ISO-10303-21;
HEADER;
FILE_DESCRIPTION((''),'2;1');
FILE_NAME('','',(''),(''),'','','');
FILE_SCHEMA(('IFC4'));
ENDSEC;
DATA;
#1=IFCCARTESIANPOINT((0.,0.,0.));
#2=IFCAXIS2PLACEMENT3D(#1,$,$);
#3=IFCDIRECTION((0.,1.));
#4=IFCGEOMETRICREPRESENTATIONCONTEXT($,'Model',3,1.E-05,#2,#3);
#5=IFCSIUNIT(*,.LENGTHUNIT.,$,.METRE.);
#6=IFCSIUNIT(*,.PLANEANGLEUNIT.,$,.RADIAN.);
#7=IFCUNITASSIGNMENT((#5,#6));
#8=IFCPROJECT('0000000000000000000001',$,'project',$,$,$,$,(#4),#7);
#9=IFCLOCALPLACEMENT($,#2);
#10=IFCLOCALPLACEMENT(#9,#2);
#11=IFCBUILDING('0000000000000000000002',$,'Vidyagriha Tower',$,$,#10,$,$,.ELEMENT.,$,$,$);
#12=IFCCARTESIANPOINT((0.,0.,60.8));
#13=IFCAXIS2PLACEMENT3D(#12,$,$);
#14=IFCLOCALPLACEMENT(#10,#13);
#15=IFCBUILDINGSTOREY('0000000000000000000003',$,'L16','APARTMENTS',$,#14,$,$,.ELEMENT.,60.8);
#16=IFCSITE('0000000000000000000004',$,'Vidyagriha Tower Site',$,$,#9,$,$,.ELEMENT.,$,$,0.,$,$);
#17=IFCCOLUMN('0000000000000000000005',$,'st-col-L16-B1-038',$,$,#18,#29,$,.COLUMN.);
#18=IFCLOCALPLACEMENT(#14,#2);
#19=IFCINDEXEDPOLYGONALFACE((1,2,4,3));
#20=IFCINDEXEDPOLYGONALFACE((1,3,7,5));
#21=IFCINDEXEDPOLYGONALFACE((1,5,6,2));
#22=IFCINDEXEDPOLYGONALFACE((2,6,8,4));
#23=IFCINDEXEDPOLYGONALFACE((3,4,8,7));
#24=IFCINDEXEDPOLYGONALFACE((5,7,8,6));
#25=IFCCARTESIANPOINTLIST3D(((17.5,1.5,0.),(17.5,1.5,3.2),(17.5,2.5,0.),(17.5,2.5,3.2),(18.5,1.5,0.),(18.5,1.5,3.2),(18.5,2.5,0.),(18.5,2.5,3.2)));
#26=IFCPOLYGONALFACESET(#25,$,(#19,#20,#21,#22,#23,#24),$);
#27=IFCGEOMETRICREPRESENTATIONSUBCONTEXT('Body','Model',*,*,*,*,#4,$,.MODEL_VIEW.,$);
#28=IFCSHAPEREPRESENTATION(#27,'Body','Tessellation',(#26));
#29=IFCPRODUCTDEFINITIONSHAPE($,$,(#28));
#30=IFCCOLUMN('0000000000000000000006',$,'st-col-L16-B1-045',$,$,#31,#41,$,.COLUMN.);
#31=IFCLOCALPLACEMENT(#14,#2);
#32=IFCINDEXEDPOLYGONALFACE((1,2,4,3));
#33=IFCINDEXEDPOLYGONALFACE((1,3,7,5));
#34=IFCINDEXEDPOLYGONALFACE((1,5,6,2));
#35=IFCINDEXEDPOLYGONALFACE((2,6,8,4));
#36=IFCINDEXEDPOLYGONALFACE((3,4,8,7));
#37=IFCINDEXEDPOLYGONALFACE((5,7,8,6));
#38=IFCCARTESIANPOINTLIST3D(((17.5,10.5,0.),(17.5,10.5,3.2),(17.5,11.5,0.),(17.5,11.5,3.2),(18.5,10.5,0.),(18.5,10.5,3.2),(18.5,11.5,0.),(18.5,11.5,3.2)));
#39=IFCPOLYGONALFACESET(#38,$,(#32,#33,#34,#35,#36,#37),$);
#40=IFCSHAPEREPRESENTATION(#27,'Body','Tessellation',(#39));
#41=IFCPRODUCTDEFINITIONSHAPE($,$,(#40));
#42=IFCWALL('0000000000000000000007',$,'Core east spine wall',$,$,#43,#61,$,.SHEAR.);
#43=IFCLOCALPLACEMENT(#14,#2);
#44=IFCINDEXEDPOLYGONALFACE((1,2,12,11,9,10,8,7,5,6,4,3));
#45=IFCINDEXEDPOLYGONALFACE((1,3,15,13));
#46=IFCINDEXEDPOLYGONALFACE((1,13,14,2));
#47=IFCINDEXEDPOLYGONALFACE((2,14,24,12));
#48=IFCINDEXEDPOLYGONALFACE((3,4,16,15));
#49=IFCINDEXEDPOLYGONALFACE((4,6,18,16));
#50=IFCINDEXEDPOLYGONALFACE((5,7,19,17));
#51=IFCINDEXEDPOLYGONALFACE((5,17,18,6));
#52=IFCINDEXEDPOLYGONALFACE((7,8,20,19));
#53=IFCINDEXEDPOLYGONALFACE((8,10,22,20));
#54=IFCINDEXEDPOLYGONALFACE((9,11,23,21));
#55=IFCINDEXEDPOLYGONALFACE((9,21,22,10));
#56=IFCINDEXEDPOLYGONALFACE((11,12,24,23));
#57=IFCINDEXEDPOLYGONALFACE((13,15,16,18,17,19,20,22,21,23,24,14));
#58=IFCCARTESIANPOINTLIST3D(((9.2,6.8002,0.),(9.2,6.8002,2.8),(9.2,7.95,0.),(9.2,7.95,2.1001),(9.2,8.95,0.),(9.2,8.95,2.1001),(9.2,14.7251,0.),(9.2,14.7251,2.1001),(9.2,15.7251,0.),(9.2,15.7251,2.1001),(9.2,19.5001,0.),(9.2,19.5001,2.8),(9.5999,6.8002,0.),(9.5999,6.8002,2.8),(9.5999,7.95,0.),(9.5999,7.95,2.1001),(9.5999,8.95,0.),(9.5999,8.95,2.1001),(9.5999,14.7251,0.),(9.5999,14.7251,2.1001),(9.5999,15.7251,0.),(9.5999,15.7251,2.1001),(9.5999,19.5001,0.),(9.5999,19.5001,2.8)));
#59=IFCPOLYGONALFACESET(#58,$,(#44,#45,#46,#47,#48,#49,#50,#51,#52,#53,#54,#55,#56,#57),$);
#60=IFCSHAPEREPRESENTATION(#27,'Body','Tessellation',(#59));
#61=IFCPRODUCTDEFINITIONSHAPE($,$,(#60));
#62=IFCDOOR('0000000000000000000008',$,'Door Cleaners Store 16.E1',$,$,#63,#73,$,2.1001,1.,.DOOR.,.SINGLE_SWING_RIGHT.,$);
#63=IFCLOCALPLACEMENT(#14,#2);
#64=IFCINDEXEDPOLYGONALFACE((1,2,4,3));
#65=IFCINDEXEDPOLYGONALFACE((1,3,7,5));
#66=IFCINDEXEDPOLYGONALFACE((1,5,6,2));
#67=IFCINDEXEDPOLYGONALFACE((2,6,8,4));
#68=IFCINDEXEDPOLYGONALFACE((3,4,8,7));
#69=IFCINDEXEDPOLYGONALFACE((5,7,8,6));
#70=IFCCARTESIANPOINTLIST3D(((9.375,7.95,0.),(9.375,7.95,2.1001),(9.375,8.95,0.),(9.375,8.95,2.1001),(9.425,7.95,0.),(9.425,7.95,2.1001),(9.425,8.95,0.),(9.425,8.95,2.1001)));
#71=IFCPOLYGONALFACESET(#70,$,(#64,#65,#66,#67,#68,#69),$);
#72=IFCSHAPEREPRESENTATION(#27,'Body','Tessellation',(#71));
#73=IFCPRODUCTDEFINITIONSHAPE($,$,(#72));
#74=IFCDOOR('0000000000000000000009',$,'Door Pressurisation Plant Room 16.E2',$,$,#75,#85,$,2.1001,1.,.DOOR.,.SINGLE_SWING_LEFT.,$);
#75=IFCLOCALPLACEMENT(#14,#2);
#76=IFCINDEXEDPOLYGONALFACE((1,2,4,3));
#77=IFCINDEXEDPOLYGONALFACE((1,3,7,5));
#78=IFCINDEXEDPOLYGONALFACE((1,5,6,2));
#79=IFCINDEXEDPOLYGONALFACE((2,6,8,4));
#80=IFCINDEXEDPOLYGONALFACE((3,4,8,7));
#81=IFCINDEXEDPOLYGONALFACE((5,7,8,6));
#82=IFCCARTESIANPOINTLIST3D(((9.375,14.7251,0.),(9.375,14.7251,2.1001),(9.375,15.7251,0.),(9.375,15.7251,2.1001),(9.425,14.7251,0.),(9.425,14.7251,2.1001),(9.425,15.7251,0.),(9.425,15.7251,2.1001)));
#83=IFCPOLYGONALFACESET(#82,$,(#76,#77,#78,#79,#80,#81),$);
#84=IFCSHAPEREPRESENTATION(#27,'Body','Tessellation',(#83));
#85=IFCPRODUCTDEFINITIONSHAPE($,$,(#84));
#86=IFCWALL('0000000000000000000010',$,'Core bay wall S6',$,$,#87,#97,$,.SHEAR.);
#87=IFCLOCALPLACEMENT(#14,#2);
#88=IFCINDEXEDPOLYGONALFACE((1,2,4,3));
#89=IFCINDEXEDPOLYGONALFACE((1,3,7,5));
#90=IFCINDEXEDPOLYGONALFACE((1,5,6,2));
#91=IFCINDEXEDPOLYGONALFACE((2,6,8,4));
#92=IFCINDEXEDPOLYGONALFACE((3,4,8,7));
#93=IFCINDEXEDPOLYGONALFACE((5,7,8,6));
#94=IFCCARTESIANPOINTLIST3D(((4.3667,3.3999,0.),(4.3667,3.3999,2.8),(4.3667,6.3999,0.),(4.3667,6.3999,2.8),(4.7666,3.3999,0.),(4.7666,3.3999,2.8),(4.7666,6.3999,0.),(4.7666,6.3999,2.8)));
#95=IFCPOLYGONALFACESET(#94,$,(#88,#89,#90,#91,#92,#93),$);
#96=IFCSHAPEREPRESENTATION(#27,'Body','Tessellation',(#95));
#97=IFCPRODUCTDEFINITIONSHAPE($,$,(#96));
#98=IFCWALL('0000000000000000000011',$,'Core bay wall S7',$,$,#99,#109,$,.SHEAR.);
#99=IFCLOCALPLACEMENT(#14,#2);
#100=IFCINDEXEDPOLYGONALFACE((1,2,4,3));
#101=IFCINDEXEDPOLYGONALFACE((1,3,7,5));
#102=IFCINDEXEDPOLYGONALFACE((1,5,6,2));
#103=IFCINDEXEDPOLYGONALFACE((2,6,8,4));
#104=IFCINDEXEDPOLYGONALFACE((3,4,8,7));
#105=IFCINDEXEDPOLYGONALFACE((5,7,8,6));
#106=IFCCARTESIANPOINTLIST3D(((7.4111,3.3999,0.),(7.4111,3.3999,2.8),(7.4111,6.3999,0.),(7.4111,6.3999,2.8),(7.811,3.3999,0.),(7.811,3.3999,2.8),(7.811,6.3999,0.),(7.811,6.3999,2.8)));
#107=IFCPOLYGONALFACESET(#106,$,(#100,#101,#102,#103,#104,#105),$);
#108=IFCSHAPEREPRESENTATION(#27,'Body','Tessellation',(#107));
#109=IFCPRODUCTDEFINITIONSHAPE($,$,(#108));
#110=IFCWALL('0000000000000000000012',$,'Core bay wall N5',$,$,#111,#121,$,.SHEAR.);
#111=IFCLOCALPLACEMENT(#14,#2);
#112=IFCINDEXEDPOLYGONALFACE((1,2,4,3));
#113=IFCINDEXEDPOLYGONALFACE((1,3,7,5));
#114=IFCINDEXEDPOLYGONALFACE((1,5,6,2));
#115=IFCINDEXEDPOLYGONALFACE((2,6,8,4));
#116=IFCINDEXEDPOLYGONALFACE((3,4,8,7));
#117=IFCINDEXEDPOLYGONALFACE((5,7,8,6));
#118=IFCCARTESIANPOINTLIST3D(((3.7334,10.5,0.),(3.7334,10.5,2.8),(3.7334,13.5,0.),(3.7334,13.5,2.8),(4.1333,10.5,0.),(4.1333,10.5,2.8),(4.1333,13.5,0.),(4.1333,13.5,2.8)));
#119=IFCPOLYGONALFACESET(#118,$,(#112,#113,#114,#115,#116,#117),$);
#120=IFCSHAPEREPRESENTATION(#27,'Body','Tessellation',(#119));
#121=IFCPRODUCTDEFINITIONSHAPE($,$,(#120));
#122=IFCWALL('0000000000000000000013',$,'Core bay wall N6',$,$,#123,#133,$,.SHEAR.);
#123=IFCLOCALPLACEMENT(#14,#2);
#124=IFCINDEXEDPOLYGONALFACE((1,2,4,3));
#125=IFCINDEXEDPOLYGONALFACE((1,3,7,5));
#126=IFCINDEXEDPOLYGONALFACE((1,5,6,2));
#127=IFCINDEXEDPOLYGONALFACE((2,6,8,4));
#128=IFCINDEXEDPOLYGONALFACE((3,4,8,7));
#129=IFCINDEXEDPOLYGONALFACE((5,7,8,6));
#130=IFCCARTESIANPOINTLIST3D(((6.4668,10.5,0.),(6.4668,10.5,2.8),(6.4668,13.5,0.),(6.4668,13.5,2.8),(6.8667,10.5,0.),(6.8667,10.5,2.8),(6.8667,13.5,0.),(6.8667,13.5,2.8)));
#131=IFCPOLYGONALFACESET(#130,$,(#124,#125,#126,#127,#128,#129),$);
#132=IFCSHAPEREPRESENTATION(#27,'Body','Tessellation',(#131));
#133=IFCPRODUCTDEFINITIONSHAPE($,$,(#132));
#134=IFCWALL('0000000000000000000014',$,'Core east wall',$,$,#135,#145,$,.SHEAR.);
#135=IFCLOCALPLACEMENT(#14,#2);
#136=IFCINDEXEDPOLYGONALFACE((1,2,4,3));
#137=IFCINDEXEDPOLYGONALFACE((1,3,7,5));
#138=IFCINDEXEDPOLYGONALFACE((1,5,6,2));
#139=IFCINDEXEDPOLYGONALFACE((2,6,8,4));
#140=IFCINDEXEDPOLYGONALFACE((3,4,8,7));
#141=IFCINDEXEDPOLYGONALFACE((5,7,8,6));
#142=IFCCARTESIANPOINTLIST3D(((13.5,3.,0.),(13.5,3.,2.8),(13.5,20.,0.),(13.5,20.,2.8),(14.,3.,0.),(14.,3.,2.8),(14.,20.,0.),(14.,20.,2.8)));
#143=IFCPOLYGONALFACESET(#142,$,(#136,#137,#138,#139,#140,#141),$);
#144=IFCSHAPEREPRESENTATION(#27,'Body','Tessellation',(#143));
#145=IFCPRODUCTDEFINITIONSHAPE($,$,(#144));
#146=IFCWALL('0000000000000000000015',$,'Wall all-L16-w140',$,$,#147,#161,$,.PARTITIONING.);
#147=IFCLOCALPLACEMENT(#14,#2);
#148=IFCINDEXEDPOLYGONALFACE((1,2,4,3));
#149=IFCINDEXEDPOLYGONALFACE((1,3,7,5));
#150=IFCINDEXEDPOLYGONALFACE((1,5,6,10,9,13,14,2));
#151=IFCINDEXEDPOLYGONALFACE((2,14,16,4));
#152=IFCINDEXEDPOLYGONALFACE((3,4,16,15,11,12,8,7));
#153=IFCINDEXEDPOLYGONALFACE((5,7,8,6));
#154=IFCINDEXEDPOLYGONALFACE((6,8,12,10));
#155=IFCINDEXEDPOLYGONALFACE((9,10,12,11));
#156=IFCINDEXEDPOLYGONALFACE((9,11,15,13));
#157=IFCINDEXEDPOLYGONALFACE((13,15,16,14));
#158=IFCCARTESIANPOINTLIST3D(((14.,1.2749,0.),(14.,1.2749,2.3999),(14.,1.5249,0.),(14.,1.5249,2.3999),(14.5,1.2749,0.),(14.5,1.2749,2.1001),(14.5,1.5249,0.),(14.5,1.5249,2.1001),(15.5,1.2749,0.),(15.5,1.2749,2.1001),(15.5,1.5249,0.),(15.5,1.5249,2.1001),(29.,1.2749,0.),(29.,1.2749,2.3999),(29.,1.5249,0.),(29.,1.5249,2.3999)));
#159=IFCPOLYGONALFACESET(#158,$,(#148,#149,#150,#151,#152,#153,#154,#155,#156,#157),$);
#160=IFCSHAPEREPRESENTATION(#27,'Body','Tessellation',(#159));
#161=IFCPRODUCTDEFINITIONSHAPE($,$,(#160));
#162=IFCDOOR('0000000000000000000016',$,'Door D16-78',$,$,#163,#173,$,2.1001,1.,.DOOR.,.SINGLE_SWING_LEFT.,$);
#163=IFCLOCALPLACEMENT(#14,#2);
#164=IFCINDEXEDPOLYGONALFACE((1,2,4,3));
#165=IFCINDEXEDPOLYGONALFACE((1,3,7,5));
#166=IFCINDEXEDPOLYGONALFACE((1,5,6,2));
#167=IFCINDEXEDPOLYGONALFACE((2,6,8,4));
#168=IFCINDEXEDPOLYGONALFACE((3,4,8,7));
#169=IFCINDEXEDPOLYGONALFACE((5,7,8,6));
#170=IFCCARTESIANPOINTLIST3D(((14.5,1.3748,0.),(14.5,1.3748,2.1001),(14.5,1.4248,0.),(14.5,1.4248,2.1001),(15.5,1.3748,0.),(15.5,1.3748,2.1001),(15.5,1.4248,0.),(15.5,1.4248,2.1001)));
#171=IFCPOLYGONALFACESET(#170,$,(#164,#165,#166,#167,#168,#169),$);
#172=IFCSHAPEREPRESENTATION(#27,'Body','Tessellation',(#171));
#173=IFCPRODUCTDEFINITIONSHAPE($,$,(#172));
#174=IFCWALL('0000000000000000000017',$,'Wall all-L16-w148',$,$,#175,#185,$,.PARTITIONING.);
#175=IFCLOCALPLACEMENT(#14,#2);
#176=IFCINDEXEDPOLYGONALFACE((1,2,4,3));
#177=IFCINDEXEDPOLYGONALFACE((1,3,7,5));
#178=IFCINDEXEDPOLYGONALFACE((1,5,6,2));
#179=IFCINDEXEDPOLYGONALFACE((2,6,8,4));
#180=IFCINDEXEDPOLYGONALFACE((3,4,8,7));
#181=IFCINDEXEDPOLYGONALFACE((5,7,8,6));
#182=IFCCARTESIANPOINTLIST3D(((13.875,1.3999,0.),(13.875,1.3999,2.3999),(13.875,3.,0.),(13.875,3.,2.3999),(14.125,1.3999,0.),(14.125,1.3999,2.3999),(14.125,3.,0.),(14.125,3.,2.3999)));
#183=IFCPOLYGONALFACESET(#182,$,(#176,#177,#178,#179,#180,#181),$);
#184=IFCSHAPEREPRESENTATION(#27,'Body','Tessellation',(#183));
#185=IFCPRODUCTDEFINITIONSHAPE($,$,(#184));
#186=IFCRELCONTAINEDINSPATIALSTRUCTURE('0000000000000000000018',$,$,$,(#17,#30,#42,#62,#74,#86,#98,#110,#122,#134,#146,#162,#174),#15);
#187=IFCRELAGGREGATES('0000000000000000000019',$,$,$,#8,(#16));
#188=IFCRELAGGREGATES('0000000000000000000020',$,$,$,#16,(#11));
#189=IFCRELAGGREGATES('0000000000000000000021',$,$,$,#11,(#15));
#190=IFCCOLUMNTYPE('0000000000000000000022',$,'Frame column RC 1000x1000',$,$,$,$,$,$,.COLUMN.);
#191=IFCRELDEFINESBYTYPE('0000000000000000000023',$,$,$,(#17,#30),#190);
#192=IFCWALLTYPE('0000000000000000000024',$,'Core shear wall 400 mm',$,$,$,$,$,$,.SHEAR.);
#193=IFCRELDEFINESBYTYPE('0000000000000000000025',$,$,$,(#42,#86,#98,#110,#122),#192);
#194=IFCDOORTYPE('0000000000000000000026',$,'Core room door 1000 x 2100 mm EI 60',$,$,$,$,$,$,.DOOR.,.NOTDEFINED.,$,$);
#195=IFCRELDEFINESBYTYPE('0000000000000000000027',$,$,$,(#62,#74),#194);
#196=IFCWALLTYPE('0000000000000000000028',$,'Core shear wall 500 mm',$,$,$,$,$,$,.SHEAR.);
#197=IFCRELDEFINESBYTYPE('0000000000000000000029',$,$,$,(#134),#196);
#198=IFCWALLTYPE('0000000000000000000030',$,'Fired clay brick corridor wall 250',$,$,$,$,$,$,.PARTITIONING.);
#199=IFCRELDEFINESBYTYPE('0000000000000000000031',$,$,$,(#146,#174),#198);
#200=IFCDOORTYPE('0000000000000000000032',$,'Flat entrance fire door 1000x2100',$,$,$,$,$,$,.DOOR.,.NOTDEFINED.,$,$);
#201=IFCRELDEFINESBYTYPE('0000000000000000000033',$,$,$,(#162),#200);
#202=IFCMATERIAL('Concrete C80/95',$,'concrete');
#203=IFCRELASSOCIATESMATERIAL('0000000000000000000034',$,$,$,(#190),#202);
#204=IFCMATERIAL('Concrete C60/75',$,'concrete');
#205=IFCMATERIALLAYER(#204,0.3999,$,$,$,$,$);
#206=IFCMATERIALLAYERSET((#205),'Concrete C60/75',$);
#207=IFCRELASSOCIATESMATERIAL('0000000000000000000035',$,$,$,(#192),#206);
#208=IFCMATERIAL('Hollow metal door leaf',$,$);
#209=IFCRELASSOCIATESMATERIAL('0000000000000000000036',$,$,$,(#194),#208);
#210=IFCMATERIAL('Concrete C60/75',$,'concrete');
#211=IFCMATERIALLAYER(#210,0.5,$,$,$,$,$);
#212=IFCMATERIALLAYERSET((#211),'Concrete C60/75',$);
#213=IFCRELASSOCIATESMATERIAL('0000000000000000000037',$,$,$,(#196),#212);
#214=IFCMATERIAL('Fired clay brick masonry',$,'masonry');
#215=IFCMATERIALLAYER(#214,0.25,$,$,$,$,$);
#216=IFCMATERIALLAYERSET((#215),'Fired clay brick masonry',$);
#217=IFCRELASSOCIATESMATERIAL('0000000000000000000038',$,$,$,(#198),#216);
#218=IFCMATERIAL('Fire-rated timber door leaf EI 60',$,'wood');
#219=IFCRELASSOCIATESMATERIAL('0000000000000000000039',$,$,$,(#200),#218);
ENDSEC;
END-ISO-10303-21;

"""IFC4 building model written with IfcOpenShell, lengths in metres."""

from ifc_helpers import new_model, si_unit, direction, frame, frame_2d, origin, origin_2d, place, context, subcontext, project, spatial, rectangle, extrude, material, layer, layer_set, material_profile, profile_set, type_object, element, fill, save


model = new_model("IFC4")

# Units and contexts
model_context = context("Model", 3, precision=1e-05, world=origin(), true_north=direction((0.0, 1.0)))
body_context = subcontext(model_context, "Body", "Model", "MODEL_VIEW")
ifc_project = project(units=[si_unit("LENGTHUNIT", "METRE"), si_unit("PLANEANGLEUNIT", "RADIAN")], contexts=[model_context])

# Site, building, storey
site_placement = place(None, origin())
site = spatial("IfcSite", under=ifc_project, at=site_placement, Name="Vidyagriha Tower Site", CompositionType="ELEMENT", RefElevation=0.0)
building_placement = place(site_placement, origin())
building = spatial("IfcBuilding", under=site, at=building_placement, Name="Vidyagriha Tower", CompositionType="ELEMENT")
storey_placement = place(building_placement, frame((0.0, 0.0, 60.8)))
storey = spatial("IfcBuildingStorey", under=building, at=storey_placement, Name="L16", Description="APARTMENTS", CompositionType="ELEMENT", Elevation=60.8)

# Columns
ifc_material_1 = material(Name="Concrete C80/95", Category="concrete")
ifc_material_profile = material_profile(ifc_material_1, rectangle(XDim=1.0, YDim=1.0, at=origin_2d()), Name="RC 1000x1000")
ifc_profile_set = profile_set([ifc_material_profile], Name="Concrete C80/95")
column_type = type_object("IfcColumnType", Name="Frame column RC 1000x1000", PredefinedType="COLUMN", material=ifc_profile_set)
for number, where, name in (
    (1, (18.0, 2.0, 0.0), "st-col-L16-B1-038"),
    (2, (18.0, 11.0, 0.0), "st-col-L16-B1-045"),
):
    element("IfcColumn", number, at=place(storey_placement, frame(where)), inside=storey, type_object=column_type, Name=name, PredefinedType="COLUMN", context=body_context, shape_type="SweptSolid", body=[
        extrude(rectangle(XDim=1.0, YDim=1.0, at=origin_2d()), origin(), (0.0, 0.0, 1.0), 3.2),
    ])

# Wall, openings, doors
ifc_material_2 = material(Name="Concrete C60/75", Category="concrete")
ifc_layer_1 = layer(ifc_material_2, 0.3999)
ifc_layer_set_1 = layer_set([ifc_layer_1], Name="Concrete C60/75")
wall_type_1 = type_object("IfcWallType", Name="Core shear wall 400 mm", PredefinedType="SHEAR", material=ifc_layer_set_1)
wall_1_placement = place(storey_placement, frame((9.3999, 6.8, 0.0), z_axis=(0.0, 0.0, 1.0), x_axis=(0.0, 1.0, 0.0)))
wall_1 = element("IfcWall", 3, at=wall_1_placement, inside=storey, type_object=wall_type_1, Name="Core east spine wall", PredefinedType="SHEAR", context=body_context, shape_type="SweptSolid", body=[
    extrude(rectangle(XDim=12.7, YDim=0.3999, at=frame_2d((6.3501, 0.0))), origin(), (0.0, 0.0, 1.0), 2.8),
])
opening_1_placement = place(wall_1_placement, frame((1.1499, 0.0, 0.0)))
opening_1 = element("IfcOpeningElement", 4, at=opening_1_placement, cuts=wall_1, PredefinedType="OPENING", context=body_context, shape_type="SweptSolid", body=[
    extrude(rectangle(XDim=1.0, YDim=2.1001, at=frame_2d((0.5, 1.05))), frame((0.0, 0.21, 0.0), z_axis=(0.0, -1.0, 0.0), x_axis=(1.0, 0.0, 0.0)), (0.0, 0.0, 1.0), 0.4199),
])
opening_2_placement = place(wall_1_placement, frame((7.925, 0.0, 0.0)))
opening_2 = element("IfcOpeningElement", 5, at=opening_2_placement, cuts=wall_1, PredefinedType="OPENING", context=body_context, shape_type="SweptSolid", body=[
    extrude(rectangle(XDim=1.0, YDim=2.1001, at=frame_2d((0.5, 1.05))), frame((0.0, 0.21, 0.0), z_axis=(0.0, -1.0, 0.0), x_axis=(1.0, 0.0, 0.0)), (0.0, 0.0, 1.0), 0.4199),
])
ifc_material_3 = material(Name="Hollow metal door leaf")
door_type_1 = type_object("IfcDoorType", Name="Core room door 1000 x 2100 mm EI 60", OperationType="NOTDEFINED", PredefinedType="DOOR", material=ifc_material_3)
door_1_placement = place(opening_1_placement, origin())
door_1 = element("IfcDoor", 6, at=door_1_placement, inside=storey, type_object=door_type_1, Name="Door Cleaners Store 16.E1", OperationType="SINGLE_SWING_RIGHT", OverallHeight=2.1001, OverallWidth=1.0, PredefinedType="DOOR", context=body_context, shape_type="SweptSolid", body=[
    extrude(rectangle(XDim=1.0, YDim=2.1001, at=frame_2d((0.5, 1.05))), frame((0.0, 0.0249, 0.0), z_axis=(0.0, -1.0, 0.0), x_axis=(1.0, 0.0, 0.0)), (0.0, 0.0, 1.0), 0.05),
])
fill(opening_1, door_1)
door_2_placement = place(opening_2_placement, origin())
door_2 = element("IfcDoor", 7, at=door_2_placement, inside=storey, type_object=door_type_1, Name="Door Pressurisation Plant Room 16.E2", OperationType="SINGLE_SWING_LEFT", OverallHeight=2.1001, OverallWidth=1.0, PredefinedType="DOOR", context=body_context, shape_type="SweptSolid", body=[
    extrude(rectangle(XDim=1.0, YDim=2.1001, at=frame_2d((0.5, 1.05))), frame((0.0, 0.0249, 0.0), z_axis=(0.0, -1.0, 0.0), x_axis=(1.0, 0.0, 0.0)), (0.0, 0.0, 1.0), 0.05),
])
fill(opening_2, door_2)

# Walls
for number, where, z_axis, x_axis, name in (
    (8, (4.5667, 3.3999, 0.0), (0.0, 0.0, 1.0), (0.0, 1.0, 0.0), "Core bay wall S6"),
    (9, (7.6111, 3.3999, 0.0), (0.0, 0.0, 1.0), (0.0, 1.0, 0.0), "Core bay wall S7"),
    (10, (3.9333, 10.5, 0.0), (0.0, 0.0, 1.0), (0.0, 1.0, 0.0), "Core bay wall N5"),
    (11, (6.6667, 10.5, 0.0), (0.0, 0.0, 1.0), (0.0, 1.0, 0.0), "Core bay wall N6"),
):
    element("IfcWall", number, at=place(storey_placement, frame(where, z_axis=z_axis, x_axis=x_axis)), inside=storey, type_object=wall_type_1, Name=name, PredefinedType="SHEAR", context=body_context, shape_type="SweptSolid", body=[
        extrude(rectangle(XDim=3.0, YDim=0.3999, at=frame_2d((1.5, 0.0))), origin(), (0.0, 0.0, 1.0), 2.8),
    ])
ifc_material_4 = material(Name="Concrete C60/75", Category="concrete")
ifc_layer_2 = layer(ifc_material_4, 0.5)
ifc_layer_set_2 = layer_set([ifc_layer_2], Name="Concrete C60/75")
wall_type_2 = type_object("IfcWallType", Name="Core shear wall 500 mm", PredefinedType="SHEAR", material=ifc_layer_set_2)
wall_2_placement = place(storey_placement, frame((13.75, 3.0, 0.0), z_axis=(0.0, 0.0, 1.0), x_axis=(0.0, 1.0, 0.0)))
element("IfcWall", 12, at=wall_2_placement, inside=storey, type_object=wall_type_2, Name="Core east wall", PredefinedType="SHEAR", context=body_context, shape_type="SweptSolid", body=[
    extrude(rectangle(XDim=17.0, YDim=0.5, at=frame_2d((8.5, 0.0))), origin(), (0.0, 0.0, 1.0), 2.8),
])

# Wall, opening, door
ifc_material_5 = material(Name="Fired clay brick masonry", Category="masonry")
ifc_layer_3 = layer(ifc_material_5, 0.25)
ifc_layer_set_3 = layer_set([ifc_layer_3], Name="Fired clay brick masonry")
wall_type_3 = type_object("IfcWallType", Name="Fired clay brick corridor wall 250", PredefinedType="PARTITIONING", material=ifc_layer_set_3)
wall_3_placement = place(storey_placement, frame((14.0, 1.3999, 0.0)))
wall_3 = element("IfcWall", 13, at=wall_3_placement, inside=storey, type_object=wall_type_3, Name="Wall all-L16-w140", PredefinedType="PARTITIONING", context=body_context, shape_type="SweptSolid", body=[
    extrude(rectangle(XDim=15.0, YDim=0.25, at=frame_2d((7.5, 0.0))), origin(), (0.0, 0.0, 1.0), 2.3999),
])
opening_3_placement = place(wall_3_placement, frame((0.5, 0.0, 0.0)))
opening_3 = element("IfcOpeningElement", 14, at=opening_3_placement, cuts=wall_3, PredefinedType="OPENING", context=body_context, shape_type="SweptSolid", body=[
    extrude(rectangle(XDim=1.0, YDim=2.1001, at=frame_2d((0.5, 1.05))), frame((0.0, 0.135, 0.0), z_axis=(0.0, -1.0, 0.0), x_axis=(1.0, 0.0, 0.0)), (0.0, 0.0, 1.0), 0.27),
])
ifc_material_6 = material(Name="Fire-rated timber door leaf EI 60", Category="wood")
door_type_2 = type_object("IfcDoorType", Name="Flat entrance fire door 1000x2100", OperationType="NOTDEFINED", PredefinedType="DOOR", material=ifc_material_6)
door_3_placement = place(opening_3_placement, origin())
door_3 = element("IfcDoor", 15, at=door_3_placement, inside=storey, type_object=door_type_2, Name="Door D16-78", OperationType="SINGLE_SWING_LEFT", OverallHeight=2.1001, OverallWidth=1.0, PredefinedType="DOOR", context=body_context, shape_type="SweptSolid", body=[
    extrude(rectangle(XDim=1.0, YDim=2.1001, at=frame_2d((0.5, 1.05))), frame((0.0, 0.0249, 0.0), z_axis=(0.0, -1.0, 0.0), x_axis=(1.0, 0.0, 0.0)), (0.0, 0.0, 1.0), 0.05),
])
fill(opening_3, door_3)

# Wall
wall_4_placement = place(storey_placement, frame((14.0, 1.3999, 0.0), z_axis=(0.0, 0.0, 1.0), x_axis=(0.0, 1.0, 0.0)))
element("IfcWall", 16, at=wall_4_placement, inside=storey, type_object=wall_type_3, Name="Wall all-L16-w148", PredefinedType="PARTITIONING", context=body_context, shape_type="SweptSolid", body=[
    extrude(rectangle(XDim=1.6001, YDim=0.25, at=frame_2d((0.8, 0.0))), origin(), (0.0, 0.0, 1.0), 2.3999),
])

save(model, "model.ifc")
